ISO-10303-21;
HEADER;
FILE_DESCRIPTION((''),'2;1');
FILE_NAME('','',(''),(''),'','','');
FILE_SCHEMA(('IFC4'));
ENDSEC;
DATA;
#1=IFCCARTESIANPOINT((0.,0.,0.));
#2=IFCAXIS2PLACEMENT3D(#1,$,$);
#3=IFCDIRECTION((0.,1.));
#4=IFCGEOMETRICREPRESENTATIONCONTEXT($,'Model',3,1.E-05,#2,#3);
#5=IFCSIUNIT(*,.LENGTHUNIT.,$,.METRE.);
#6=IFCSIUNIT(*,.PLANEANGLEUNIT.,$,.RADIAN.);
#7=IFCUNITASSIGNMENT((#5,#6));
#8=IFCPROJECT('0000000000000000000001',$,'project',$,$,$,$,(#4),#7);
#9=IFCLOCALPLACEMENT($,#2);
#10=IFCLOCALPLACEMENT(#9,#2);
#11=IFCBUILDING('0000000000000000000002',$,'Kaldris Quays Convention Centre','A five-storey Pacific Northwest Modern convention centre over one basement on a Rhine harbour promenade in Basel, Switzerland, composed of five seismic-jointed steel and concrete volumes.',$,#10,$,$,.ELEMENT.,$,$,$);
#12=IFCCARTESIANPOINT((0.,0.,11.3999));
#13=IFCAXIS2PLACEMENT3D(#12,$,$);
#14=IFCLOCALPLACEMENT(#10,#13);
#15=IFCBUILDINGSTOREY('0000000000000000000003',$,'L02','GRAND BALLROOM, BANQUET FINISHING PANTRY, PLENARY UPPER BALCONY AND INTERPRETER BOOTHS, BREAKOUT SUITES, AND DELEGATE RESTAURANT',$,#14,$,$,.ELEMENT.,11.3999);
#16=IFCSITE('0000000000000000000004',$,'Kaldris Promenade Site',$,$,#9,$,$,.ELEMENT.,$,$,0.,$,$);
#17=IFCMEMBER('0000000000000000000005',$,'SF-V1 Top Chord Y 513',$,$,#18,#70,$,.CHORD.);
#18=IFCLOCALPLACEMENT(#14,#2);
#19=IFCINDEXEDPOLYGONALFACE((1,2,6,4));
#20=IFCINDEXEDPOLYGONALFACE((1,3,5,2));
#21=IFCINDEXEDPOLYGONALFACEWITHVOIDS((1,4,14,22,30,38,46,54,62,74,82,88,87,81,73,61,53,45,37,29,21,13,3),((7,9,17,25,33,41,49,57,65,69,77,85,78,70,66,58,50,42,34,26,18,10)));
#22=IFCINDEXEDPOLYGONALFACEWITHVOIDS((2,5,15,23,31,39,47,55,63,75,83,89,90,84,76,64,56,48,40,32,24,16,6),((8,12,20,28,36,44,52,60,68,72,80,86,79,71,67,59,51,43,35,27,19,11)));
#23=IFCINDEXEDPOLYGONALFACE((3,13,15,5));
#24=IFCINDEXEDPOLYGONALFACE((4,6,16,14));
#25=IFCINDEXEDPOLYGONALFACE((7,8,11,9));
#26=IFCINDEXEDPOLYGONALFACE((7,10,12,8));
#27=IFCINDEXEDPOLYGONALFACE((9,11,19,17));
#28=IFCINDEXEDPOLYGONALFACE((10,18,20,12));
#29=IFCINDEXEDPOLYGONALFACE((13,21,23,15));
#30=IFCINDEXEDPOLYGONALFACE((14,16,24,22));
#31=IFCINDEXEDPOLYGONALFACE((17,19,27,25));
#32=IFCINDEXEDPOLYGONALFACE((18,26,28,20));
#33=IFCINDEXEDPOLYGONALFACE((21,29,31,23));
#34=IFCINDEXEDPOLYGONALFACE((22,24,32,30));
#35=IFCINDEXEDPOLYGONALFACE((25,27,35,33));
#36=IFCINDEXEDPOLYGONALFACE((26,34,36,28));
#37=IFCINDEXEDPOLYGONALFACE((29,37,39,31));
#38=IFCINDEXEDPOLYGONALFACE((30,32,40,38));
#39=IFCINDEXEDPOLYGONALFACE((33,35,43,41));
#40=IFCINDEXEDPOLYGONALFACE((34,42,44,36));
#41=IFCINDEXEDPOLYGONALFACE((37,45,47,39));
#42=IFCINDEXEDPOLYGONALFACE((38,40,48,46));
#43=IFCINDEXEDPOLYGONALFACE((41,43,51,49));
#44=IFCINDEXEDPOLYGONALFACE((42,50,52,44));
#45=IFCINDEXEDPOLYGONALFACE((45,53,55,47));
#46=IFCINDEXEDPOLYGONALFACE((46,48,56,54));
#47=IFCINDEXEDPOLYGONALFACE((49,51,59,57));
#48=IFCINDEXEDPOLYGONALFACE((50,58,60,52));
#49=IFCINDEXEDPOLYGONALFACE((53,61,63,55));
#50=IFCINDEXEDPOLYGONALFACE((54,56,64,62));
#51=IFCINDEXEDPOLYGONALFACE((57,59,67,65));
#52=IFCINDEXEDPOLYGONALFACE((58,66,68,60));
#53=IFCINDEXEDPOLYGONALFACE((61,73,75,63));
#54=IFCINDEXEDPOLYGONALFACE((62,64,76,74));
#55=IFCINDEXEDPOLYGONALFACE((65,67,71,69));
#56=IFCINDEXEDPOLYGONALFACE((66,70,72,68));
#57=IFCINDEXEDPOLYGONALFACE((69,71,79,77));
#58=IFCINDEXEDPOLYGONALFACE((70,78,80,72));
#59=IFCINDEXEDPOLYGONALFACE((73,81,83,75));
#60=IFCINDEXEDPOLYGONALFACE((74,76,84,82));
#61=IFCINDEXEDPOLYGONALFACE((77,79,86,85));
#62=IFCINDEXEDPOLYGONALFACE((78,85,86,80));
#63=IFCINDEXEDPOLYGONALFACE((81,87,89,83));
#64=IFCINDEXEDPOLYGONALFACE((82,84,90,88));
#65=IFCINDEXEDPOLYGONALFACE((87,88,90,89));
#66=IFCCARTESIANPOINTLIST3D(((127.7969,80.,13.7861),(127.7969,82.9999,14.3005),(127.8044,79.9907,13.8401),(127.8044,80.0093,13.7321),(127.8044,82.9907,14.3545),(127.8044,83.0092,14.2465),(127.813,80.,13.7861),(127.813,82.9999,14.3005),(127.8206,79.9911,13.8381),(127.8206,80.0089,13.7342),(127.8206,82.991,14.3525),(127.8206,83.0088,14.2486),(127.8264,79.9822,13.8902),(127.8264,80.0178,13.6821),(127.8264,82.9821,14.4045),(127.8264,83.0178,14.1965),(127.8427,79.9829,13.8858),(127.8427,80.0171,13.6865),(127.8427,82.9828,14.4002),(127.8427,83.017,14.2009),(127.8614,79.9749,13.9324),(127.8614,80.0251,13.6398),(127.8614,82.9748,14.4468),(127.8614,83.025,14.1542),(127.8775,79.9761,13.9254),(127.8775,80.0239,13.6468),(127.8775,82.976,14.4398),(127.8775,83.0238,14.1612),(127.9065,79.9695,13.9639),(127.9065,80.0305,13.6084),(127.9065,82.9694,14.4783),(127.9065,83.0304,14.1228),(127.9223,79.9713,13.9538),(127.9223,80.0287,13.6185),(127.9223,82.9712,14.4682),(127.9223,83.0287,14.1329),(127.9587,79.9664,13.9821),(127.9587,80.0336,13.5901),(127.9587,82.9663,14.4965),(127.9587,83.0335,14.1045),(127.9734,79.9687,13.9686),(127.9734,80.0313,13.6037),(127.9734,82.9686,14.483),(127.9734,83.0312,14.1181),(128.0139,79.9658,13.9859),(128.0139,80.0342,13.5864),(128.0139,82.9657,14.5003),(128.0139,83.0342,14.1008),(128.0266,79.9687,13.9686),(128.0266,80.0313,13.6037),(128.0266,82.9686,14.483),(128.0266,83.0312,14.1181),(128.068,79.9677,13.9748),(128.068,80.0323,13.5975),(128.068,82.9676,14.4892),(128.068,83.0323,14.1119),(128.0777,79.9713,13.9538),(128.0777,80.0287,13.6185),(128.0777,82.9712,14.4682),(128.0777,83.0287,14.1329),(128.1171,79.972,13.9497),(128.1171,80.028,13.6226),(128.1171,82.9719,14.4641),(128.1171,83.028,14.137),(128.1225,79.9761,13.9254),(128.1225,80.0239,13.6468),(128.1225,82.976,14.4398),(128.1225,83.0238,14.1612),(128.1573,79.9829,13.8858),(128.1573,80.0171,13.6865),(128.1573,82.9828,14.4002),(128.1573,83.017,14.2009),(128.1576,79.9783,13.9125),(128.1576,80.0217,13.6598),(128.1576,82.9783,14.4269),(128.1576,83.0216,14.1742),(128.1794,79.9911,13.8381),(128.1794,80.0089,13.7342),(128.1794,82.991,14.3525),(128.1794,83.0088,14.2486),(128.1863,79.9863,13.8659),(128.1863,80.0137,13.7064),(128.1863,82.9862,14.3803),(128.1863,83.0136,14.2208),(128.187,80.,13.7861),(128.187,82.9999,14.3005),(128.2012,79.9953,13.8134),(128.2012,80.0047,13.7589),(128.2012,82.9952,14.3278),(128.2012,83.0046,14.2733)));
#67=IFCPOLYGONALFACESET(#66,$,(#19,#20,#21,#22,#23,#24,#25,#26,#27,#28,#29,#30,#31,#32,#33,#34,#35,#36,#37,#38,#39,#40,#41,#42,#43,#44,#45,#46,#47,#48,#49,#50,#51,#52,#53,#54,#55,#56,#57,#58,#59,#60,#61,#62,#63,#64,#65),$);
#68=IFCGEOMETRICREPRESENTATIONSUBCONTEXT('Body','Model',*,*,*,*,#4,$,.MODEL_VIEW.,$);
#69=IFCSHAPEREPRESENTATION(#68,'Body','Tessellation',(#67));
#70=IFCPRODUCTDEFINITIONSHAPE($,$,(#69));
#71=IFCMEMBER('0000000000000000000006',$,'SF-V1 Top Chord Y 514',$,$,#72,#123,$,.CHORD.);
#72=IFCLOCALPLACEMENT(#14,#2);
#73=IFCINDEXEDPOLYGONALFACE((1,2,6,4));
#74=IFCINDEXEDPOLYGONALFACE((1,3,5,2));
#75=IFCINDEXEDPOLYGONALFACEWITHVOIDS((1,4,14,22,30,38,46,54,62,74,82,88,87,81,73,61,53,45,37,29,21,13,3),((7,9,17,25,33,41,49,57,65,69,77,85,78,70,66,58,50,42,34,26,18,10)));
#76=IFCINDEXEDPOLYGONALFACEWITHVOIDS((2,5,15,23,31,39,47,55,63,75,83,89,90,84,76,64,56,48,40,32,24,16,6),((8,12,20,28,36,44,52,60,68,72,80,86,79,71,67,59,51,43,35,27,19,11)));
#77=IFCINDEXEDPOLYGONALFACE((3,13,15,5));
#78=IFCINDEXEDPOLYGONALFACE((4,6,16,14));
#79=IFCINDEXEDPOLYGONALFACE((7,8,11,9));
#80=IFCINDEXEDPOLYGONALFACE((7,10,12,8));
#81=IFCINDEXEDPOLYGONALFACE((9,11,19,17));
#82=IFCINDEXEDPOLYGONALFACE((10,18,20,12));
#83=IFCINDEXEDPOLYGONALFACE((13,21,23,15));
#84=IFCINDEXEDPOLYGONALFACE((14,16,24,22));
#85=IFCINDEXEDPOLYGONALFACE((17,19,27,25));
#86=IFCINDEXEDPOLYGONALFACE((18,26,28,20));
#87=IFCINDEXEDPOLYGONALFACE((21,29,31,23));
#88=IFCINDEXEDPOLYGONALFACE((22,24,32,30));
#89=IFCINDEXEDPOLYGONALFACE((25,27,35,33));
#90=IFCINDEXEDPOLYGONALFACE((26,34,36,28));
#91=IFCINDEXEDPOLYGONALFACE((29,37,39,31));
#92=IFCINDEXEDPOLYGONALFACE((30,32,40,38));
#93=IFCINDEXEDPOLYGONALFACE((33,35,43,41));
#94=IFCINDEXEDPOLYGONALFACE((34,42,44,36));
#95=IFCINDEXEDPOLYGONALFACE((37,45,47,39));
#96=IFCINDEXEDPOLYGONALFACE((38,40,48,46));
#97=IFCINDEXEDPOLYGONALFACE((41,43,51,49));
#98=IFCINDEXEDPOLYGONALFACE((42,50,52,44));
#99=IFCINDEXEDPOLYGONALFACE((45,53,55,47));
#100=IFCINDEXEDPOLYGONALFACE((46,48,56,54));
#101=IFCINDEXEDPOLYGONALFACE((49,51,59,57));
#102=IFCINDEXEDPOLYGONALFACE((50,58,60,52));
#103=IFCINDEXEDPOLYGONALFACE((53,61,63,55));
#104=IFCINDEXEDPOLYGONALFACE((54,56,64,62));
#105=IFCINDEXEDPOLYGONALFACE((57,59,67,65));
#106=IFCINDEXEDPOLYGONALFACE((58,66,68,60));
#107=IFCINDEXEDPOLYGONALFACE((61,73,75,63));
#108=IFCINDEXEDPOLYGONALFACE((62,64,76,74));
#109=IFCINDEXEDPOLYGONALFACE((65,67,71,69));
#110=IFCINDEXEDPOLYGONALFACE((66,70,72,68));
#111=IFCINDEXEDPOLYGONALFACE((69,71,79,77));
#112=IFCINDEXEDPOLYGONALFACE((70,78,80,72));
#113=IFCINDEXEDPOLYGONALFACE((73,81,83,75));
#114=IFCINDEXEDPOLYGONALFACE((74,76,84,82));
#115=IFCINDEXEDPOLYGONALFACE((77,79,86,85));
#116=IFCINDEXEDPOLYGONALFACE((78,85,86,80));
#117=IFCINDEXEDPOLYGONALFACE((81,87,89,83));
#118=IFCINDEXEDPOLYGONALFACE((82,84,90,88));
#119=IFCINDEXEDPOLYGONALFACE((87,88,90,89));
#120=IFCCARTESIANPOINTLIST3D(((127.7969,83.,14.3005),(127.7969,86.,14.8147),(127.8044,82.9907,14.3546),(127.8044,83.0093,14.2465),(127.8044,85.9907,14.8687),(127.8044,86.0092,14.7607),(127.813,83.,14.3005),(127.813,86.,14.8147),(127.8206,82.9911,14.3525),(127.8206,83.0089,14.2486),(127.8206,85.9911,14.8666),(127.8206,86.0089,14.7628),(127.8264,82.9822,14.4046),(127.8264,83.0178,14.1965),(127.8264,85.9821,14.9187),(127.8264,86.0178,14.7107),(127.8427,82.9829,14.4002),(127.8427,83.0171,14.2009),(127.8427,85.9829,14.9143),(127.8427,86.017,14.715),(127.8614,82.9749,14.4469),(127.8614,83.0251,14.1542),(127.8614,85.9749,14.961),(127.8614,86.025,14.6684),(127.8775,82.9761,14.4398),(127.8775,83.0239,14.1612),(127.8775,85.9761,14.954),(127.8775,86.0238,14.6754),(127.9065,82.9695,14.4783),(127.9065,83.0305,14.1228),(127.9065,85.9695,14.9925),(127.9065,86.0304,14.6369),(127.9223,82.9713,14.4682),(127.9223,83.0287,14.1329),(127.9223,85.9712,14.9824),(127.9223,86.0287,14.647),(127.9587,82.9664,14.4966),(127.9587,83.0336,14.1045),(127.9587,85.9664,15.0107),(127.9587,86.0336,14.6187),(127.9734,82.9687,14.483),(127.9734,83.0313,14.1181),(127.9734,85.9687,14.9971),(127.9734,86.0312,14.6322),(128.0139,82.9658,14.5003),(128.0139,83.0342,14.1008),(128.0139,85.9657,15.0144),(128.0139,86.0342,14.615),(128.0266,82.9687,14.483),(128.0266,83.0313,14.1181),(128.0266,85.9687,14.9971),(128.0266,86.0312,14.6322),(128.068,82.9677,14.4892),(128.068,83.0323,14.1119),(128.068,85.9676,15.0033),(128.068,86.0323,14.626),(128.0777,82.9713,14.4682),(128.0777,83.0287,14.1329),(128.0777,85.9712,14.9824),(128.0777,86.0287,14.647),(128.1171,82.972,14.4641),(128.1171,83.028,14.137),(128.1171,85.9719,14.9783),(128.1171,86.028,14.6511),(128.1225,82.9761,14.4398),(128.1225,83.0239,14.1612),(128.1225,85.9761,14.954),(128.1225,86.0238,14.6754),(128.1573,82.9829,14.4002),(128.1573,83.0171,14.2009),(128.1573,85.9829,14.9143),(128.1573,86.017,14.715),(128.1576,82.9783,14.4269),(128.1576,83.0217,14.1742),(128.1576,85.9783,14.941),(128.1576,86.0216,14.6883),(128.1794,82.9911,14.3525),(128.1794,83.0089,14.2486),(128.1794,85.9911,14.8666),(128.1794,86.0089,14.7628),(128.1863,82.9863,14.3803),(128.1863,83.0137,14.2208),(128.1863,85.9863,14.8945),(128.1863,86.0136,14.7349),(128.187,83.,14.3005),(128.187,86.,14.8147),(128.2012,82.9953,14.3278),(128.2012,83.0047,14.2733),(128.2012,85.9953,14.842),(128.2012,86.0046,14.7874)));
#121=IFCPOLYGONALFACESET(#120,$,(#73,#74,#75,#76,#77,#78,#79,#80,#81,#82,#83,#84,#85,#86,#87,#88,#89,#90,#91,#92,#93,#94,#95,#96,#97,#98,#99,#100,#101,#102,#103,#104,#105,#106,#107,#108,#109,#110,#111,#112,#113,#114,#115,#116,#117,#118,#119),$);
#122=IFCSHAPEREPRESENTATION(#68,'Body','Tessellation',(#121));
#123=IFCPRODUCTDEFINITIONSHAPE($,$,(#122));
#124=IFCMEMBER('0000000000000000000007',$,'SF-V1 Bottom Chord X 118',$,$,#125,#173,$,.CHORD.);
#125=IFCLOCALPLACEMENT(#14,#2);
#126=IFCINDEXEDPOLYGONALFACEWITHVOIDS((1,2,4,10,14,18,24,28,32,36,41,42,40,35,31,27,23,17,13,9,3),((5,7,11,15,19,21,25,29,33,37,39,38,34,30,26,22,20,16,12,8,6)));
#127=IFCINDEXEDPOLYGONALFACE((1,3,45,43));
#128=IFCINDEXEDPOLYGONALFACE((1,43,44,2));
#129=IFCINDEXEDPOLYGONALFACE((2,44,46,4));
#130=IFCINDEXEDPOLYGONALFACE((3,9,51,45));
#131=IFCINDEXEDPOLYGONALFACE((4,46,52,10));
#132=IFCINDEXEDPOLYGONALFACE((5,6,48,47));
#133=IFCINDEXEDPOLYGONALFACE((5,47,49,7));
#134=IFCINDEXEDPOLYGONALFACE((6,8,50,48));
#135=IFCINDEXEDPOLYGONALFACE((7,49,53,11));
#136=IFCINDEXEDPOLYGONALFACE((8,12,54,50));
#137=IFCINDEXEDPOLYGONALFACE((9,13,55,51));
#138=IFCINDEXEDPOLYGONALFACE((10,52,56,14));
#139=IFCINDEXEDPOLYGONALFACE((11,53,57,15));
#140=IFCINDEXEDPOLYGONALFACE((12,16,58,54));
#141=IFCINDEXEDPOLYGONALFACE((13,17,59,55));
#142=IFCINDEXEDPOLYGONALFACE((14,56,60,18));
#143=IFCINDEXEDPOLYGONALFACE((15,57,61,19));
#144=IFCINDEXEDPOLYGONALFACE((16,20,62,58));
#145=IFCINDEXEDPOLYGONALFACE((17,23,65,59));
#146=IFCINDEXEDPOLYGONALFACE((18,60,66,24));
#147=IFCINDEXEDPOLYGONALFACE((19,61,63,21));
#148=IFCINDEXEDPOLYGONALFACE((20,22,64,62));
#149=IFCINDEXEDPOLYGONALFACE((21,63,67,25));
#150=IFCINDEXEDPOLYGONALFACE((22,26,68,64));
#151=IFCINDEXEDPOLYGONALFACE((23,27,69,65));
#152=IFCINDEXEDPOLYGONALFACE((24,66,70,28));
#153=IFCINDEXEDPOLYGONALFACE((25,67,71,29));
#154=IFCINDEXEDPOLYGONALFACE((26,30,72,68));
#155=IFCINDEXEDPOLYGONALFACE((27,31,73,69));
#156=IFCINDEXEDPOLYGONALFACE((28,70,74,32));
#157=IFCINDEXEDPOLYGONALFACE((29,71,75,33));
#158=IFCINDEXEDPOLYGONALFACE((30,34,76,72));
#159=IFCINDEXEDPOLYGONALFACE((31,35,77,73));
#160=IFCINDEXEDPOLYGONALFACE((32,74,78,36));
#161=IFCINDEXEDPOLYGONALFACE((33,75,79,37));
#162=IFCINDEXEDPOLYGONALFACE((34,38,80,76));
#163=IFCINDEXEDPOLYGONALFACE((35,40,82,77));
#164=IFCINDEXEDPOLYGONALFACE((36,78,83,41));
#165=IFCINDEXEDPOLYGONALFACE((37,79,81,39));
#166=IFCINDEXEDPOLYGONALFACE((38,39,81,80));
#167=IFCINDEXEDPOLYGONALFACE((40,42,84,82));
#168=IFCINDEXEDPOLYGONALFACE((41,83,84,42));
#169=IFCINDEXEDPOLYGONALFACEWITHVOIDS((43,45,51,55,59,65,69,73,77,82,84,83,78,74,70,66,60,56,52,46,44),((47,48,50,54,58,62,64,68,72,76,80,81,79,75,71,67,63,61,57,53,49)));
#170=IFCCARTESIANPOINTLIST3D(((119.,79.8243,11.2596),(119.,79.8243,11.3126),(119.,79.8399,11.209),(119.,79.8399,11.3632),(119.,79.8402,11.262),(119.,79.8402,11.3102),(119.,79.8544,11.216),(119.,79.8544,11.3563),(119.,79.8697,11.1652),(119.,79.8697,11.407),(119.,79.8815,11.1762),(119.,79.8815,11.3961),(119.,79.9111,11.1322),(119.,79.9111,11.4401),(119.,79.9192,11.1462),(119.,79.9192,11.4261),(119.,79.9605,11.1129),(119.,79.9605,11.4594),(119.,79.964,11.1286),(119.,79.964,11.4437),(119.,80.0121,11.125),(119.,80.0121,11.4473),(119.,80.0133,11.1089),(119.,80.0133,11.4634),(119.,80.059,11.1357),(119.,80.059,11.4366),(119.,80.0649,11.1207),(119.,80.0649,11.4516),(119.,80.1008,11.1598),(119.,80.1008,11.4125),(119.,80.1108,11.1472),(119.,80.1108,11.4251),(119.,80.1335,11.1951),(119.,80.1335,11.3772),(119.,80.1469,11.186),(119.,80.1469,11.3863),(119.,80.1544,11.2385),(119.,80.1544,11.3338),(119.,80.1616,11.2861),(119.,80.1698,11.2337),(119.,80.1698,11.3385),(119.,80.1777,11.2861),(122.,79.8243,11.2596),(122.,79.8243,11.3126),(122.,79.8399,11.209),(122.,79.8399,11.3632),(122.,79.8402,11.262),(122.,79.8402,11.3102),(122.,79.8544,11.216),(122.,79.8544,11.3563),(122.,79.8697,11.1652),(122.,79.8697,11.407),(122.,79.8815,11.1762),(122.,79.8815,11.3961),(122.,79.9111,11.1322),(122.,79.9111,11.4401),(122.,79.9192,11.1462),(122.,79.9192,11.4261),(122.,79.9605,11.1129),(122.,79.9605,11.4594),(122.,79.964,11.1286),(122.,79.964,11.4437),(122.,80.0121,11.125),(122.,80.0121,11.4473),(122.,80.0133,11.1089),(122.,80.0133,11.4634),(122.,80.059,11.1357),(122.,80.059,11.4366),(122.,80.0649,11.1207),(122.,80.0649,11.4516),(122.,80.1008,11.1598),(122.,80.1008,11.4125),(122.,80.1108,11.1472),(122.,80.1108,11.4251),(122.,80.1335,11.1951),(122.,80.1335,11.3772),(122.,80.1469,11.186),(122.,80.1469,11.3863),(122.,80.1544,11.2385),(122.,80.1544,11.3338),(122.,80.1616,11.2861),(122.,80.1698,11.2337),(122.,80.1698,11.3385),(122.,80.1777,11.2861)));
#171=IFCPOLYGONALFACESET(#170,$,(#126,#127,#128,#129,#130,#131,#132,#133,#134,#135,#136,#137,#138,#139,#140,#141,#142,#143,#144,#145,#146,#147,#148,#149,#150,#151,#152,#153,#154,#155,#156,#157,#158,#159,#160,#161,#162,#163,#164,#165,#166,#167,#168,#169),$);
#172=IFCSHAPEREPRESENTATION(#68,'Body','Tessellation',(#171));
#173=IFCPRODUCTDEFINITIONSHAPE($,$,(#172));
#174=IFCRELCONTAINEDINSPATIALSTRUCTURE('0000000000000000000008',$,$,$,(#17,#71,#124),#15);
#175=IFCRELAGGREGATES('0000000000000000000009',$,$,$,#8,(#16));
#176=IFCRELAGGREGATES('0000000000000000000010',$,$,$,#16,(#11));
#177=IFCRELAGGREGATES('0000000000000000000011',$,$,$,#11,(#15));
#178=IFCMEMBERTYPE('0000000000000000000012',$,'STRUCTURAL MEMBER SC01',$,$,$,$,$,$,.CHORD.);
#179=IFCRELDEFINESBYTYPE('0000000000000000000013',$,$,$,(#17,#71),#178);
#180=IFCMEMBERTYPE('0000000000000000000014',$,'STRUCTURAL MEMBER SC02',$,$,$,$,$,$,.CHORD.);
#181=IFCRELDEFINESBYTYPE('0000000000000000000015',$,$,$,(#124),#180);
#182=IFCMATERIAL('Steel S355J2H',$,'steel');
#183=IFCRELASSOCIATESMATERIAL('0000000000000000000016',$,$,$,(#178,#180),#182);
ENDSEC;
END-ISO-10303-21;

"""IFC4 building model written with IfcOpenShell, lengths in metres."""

from ifc_helpers import new_model, si_unit, direction, frame, origin, origin_2d, place, context, subcontext, project, spatial, hollow_circle, extrude, material, material_profile, profile_set, type_object, element, save


model = new_model("IFC4")

# Units and contexts
model_context = context("Model", 3, precision=1e-05, world=origin(), true_north=direction((0.0, 1.0)))
body_context = subcontext(model_context, "Body", "Model", "MODEL_VIEW")
ifc_project = project(units=[si_unit("LENGTHUNIT", "METRE"), si_unit("PLANEANGLEUNIT", "RADIAN")], contexts=[model_context])

# Site, building, storey
site_placement = place(None, origin())
site = spatial("IfcSite", under=ifc_project, at=site_placement, Name="Kaldris Promenade Site", CompositionType="ELEMENT", RefElevation=0.0)
building_placement = place(site_placement, origin())
building = spatial("IfcBuilding", under=site, at=building_placement, Name="Kaldris Quays Convention Centre", Description="A five-storey Pacific Northwest Modern convention centre over one basement on a Rhine harbour promenade in Basel, Switzerland, composed of five seismic-jointed steel and concrete volumes.", CompositionType="ELEMENT")
storey_placement = place(building_placement, frame((0.0, 0.0, 11.3999)))
storey = spatial("IfcBuildingStorey", under=building, at=storey_placement, Name="L02", Description="GRAND BALLROOM, BANQUET FINISHING PANTRY, PLENARY UPPER BALCONY AND INTERPRETER BOOTHS, BREAKOUT SUITES, AND DELEGATE RESTAURANT", CompositionType="ELEMENT", Elevation=11.3999)

# Members
ifc_material_1 = material(Name="Steel S355J2H", Category="steel")
ifc_material_profile_1 = material_profile(ifc_material_1, hollow_circle(Radius=0.2031, WallThickness=0.0161, at=origin_2d()), Name="CHS 406.4x16")
ifc_profile_set_1 = profile_set([ifc_material_profile_1], Name="Steel S355J2H")
member_type_1 = type_object("IfcMemberType", Name="STRUCTURAL MEMBER SC01", PredefinedType="CHORD", material=ifc_profile_set_1)
for number, where, z_axis, x_axis, name in (
    (1, (128.0, 80.0, 13.7861), (0.0, 0.985616, 0.169002), (-1.0, 0.0, 0.0), "SF-V1 Top Chord Y 513"),
    (2, (128.0, 83.0, 14.3005), (0.0, 0.985629, 0.168924), (-1.0, 0.0, 0.0), "SF-V1 Top Chord Y 514"),
):
    element("IfcMember", number, at=place(storey_placement, frame(where, z_axis=z_axis, x_axis=x_axis)), inside=storey, type_object=member_type_1, Name=name, PredefinedType="CHORD", context=body_context, shape_type="SweptSolid", body=[
        extrude(hollow_circle(Radius=0.2031, WallThickness=0.0161, at=origin_2d()), origin(), (0.0, 0.0, 1.0), 3.0437),
    ])
ifc_material_profile_2 = material_profile(ifc_material_1, hollow_circle(Radius=0.1777, WallThickness=0.0161, at=origin_2d()), Name="CHS 355.6x16")
ifc_profile_set_2 = profile_set([ifc_material_profile_2], Name="Steel S355J2H")
member_type_2 = type_object("IfcMemberType", Name="STRUCTURAL MEMBER SC02", PredefinedType="CHORD", material=ifc_profile_set_2)
for number, where, z_axis, x_axis, name in (
    (3, (119.0, 80.0, 11.2861), (1.0, 0.0, 0.0), (0.0, 1.0, 0.0), "SF-V1 Bottom Chord X 118"),
):
    element("IfcMember", number, at=place(storey_placement, frame(where, z_axis=z_axis, x_axis=x_axis)), inside=storey, type_object=member_type_2, Name=name, PredefinedType="CHORD", context=body_context, shape_type="SweptSolid", body=[
        extrude(hollow_circle(Radius=0.1777, WallThickness=0.0161, at=origin_2d()), origin(), (0.0, 0.0, 1.0), 3.0),
    ])

save(model, "model.ifc")
